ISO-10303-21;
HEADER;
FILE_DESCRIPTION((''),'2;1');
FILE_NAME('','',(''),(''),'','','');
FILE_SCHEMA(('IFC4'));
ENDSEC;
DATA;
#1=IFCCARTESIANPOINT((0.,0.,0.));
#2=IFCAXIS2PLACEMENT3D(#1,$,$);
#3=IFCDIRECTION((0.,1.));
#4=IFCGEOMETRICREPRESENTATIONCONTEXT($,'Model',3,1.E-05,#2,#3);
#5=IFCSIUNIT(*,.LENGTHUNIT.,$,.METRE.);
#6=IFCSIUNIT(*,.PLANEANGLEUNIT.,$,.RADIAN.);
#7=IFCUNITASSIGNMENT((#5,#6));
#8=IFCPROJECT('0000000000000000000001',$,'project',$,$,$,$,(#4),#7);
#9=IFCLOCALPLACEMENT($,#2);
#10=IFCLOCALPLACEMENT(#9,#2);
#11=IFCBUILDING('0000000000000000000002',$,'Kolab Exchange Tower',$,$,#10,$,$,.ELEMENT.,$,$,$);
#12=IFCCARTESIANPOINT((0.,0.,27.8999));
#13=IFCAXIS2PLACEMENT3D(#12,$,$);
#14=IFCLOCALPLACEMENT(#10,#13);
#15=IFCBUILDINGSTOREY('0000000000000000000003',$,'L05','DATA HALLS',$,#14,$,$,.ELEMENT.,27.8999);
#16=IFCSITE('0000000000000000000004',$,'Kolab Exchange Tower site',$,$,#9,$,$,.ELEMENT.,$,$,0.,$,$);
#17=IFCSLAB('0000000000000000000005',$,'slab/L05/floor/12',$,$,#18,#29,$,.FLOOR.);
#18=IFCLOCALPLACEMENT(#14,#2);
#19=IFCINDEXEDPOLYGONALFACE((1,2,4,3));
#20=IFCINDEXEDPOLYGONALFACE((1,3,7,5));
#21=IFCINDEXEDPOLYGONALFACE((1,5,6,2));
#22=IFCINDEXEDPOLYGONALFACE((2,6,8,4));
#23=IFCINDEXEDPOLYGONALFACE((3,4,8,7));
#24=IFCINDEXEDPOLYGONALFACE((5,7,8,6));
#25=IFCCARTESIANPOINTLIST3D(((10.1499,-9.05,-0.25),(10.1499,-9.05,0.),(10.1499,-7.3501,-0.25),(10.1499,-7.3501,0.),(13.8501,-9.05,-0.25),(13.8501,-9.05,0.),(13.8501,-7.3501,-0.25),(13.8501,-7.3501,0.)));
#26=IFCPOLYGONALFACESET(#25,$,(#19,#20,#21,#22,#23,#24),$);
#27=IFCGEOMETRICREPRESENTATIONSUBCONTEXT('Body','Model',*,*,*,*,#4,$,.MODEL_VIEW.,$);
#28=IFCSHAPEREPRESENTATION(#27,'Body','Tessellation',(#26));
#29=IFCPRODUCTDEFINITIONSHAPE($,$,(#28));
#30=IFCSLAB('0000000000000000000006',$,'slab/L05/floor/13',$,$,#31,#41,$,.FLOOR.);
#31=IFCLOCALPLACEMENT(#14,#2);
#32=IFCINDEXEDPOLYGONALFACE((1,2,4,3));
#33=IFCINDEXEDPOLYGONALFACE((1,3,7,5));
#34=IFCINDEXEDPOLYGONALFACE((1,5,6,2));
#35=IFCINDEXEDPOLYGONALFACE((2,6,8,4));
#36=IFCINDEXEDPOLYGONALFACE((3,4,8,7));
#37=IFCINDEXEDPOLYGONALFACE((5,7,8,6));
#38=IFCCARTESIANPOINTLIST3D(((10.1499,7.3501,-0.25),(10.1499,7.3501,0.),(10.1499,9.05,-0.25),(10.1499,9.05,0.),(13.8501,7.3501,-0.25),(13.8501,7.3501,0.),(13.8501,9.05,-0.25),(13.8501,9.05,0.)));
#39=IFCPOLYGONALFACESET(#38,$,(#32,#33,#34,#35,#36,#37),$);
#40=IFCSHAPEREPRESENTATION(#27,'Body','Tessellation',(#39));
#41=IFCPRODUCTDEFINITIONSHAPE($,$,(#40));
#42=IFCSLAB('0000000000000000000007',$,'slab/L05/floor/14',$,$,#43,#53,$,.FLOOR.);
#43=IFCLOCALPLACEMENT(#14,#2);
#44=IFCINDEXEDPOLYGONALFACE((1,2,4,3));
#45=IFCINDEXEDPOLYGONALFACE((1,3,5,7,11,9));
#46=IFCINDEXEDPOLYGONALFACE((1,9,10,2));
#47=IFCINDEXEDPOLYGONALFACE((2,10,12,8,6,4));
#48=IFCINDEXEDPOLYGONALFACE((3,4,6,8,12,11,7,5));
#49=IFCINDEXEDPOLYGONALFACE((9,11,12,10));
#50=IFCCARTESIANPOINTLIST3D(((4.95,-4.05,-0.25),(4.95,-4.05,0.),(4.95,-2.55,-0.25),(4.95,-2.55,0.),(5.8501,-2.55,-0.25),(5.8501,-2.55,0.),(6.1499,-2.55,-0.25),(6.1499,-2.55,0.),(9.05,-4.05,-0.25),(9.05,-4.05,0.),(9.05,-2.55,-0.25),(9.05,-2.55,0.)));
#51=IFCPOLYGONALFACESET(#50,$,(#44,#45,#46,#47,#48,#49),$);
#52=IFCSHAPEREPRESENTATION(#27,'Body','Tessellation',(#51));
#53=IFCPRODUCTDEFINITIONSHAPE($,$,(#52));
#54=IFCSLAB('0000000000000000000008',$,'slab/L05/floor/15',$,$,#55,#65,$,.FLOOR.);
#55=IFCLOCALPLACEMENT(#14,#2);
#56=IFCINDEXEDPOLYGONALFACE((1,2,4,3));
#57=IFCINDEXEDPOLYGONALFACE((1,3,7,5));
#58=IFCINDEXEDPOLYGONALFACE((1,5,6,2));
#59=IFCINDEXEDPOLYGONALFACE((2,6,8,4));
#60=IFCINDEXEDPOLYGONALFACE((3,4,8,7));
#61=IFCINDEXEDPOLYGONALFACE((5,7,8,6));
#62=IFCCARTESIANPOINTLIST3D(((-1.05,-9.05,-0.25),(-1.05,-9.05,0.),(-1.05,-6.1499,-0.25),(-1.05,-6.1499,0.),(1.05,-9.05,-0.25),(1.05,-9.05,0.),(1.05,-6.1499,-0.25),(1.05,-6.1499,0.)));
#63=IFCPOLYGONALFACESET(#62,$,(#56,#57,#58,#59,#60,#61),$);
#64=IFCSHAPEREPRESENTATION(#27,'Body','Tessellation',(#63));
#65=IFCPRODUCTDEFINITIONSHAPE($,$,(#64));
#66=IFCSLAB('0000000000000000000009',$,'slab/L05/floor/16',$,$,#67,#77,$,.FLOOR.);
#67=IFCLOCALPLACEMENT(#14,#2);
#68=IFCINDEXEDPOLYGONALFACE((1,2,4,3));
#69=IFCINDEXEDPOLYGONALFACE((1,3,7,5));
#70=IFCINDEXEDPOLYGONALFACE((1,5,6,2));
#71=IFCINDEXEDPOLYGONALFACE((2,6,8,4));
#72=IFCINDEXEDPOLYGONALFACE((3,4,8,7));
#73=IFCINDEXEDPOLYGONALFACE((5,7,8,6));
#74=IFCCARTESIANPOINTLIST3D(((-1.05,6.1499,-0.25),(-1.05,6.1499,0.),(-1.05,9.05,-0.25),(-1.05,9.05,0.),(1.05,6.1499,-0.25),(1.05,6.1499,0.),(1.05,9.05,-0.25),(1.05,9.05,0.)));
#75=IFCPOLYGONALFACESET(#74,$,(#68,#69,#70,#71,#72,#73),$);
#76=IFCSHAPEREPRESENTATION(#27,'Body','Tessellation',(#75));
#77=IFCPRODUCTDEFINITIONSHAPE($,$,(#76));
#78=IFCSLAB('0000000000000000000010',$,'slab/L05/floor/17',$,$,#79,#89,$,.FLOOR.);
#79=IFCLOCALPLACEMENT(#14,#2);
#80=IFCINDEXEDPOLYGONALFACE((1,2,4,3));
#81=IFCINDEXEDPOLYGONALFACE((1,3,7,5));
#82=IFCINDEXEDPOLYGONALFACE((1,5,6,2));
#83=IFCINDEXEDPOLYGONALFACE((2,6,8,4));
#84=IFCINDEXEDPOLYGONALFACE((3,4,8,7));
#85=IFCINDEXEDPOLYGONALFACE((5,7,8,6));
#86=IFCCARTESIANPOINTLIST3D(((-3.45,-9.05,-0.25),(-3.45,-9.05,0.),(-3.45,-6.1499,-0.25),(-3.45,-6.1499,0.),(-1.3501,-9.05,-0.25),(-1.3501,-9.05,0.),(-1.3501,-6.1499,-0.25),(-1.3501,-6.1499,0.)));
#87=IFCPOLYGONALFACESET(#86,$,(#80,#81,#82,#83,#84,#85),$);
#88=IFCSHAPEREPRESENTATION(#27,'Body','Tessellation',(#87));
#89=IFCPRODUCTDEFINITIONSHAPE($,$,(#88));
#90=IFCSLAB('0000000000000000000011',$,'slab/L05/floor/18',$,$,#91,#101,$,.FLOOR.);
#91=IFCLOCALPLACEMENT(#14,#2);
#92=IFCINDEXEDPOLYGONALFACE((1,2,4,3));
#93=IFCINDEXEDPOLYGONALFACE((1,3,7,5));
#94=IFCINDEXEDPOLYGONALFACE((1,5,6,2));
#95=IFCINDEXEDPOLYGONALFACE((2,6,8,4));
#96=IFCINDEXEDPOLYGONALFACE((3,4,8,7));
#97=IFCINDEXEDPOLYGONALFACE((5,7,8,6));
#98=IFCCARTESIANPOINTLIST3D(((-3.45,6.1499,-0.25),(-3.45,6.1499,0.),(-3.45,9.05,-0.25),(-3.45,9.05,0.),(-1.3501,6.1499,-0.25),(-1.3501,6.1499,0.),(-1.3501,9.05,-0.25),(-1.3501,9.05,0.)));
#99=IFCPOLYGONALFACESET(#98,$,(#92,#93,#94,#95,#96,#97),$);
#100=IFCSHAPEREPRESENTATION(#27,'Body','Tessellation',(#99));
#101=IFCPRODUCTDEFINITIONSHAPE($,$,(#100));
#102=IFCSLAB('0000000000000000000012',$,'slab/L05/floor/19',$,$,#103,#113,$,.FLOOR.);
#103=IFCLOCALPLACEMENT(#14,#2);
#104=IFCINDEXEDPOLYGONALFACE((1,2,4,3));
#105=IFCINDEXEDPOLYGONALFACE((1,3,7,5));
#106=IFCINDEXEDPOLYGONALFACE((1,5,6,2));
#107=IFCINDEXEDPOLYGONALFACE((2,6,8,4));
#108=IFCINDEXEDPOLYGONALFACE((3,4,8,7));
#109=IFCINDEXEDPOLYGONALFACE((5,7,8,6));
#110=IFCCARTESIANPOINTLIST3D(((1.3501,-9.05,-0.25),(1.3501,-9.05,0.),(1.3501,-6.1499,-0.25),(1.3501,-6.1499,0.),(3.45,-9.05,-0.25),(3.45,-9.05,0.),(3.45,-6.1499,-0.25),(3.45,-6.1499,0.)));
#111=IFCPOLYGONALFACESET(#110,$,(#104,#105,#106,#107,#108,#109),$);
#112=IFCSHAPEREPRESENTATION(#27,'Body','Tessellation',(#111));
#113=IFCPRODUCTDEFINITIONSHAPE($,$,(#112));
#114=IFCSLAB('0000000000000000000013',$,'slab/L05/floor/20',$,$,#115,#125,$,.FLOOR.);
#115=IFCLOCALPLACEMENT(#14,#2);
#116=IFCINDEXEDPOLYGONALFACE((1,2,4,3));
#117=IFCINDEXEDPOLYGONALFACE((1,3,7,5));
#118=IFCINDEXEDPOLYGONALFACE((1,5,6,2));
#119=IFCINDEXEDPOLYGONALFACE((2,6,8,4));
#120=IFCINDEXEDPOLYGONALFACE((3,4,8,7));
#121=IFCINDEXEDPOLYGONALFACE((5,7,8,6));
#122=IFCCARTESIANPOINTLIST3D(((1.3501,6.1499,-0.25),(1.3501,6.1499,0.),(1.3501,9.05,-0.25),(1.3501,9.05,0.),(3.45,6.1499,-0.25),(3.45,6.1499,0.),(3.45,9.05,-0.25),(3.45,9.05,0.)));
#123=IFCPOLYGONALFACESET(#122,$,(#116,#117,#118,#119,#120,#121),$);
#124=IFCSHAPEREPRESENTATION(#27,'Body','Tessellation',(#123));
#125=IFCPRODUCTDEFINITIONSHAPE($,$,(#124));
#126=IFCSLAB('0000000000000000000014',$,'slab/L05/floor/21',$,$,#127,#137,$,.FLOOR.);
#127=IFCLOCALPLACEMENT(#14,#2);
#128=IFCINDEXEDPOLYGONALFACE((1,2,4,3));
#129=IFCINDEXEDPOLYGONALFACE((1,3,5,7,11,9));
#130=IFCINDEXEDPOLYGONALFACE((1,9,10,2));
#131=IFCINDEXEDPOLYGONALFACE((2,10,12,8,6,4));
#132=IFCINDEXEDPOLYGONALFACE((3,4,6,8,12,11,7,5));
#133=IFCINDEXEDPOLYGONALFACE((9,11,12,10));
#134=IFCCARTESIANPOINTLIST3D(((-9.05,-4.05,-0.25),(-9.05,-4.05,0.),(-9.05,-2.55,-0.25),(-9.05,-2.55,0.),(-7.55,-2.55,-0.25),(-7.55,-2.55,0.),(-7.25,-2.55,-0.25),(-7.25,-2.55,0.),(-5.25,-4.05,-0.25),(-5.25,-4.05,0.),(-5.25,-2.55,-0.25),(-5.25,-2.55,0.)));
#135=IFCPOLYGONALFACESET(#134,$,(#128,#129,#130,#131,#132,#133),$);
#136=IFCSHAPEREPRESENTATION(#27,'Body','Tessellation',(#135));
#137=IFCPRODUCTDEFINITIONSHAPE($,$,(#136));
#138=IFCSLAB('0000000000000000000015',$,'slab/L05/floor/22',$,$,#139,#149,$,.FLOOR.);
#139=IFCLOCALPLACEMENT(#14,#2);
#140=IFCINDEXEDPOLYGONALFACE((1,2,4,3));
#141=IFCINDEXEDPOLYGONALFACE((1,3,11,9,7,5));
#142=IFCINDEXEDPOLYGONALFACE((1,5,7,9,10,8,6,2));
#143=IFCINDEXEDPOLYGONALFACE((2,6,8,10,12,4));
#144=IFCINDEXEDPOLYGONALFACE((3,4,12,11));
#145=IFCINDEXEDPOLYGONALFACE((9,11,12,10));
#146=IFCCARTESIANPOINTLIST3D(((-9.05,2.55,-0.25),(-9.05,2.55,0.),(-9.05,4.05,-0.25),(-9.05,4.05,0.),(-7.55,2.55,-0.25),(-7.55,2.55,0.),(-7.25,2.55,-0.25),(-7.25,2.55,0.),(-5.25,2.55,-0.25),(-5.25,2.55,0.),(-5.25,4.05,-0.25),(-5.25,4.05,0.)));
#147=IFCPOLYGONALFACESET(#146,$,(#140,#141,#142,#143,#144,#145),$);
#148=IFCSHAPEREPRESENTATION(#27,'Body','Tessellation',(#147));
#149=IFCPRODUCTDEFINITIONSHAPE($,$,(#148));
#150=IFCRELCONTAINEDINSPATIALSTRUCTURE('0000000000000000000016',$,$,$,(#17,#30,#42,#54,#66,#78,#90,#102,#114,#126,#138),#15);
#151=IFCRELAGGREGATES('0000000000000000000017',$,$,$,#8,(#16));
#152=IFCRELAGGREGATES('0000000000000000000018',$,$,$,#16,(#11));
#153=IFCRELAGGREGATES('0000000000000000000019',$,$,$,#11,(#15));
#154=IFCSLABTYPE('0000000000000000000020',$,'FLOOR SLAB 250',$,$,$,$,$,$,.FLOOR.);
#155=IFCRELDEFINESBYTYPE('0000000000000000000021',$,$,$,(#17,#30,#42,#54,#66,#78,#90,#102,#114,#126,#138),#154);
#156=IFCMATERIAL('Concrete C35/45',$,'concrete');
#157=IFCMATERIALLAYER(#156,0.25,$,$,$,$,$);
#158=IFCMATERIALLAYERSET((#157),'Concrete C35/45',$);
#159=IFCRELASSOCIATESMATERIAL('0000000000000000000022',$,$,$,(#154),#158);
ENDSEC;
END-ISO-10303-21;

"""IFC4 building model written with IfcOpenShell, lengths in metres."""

from ifc_helpers import new_model, si_unit, direction, frame, origin, place, context, subcontext, project, spatial, polyline, outline, extrude, material, layer, layer_set, type_object, element, save


model = new_model("IFC4")

# Units and contexts
model_context = context("Model", 3, precision=1e-05, world=origin(), true_north=direction((0.0, 1.0)))
body_context = subcontext(model_context, "Body", "Model", "MODEL_VIEW")
ifc_project = project(units=[si_unit("LENGTHUNIT", "METRE"), si_unit("PLANEANGLEUNIT", "RADIAN")], contexts=[model_context])

# Site, building, storey
site_placement = place(None, origin())
site = spatial("IfcSite", under=ifc_project, at=site_placement, Name="Kolab Exchange Tower site", CompositionType="ELEMENT", RefElevation=0.0)
building_placement = place(site_placement, origin())
building = spatial("IfcBuilding", under=site, at=building_placement, Name="Kolab Exchange Tower", CompositionType="ELEMENT")
storey_placement = place(building_placement, frame((0.0, 0.0, 27.8999)))
storey = spatial("IfcBuildingStorey", under=building, at=storey_placement, Name="L05", Description="DATA HALLS", CompositionType="ELEMENT", Elevation=27.8999)

# Slabs
ifc_material_1 = material(Name="Concrete C35/45", Category="concrete")
ifc_layer_1 = layer(ifc_material_1, 0.25)
ifc_layer_set_1 = layer_set([ifc_layer_1], Name="Concrete C35/45")
slab_type_1 = type_object("IfcSlabType", Name="FLOOR SLAB 250", PredefinedType="FLOOR", material=ifc_layer_set_1)
slab_1_placement = place(storey_placement, frame((0.0, 0.0, -0.25)))
element("IfcSlab", 1, at=slab_1_placement, inside=storey, type_object=slab_type_1, Name="slab/L05/floor/12", PredefinedType="FLOOR", context=body_context, shape_type="SweptSolid", body=[
    extrude(outline(polyline([(10.1499, -7.3501), (10.1499, -9.05), (13.8501, -9.05), (13.8501, -7.3501), (10.1499, -7.3501)])), origin(), (0.0, 0.0, 1.0), 0.25),
])
slab_2_placement = place(storey_placement, frame((0.0, 0.0, -0.25)))
element("IfcSlab", 2, at=slab_2_placement, inside=storey, type_object=slab_type_1, Name="slab/L05/floor/13", PredefinedType="FLOOR", context=body_context, shape_type="SweptSolid", body=[
    extrude(outline(polyline([(10.1499, 7.3501), (13.8501, 7.3501), (13.8501, 9.05), (10.1499, 9.05), (10.1499, 7.3501)])), origin(), (0.0, 0.0, 1.0), 0.25),
])
slab_3_placement = place(storey_placement, frame((0.0, 0.0, -0.25)))
element("IfcSlab", 3, at=slab_3_placement, inside=storey, type_object=slab_type_1, Name="slab/L05/floor/14", PredefinedType="FLOOR", context=body_context, shape_type="SweptSolid", body=[
    extrude(outline(polyline([(9.05, -4.05), (9.05, -2.55), (6.1499, -2.55), (5.8501, -2.55), (4.95, -2.55), (4.95, -4.05), (9.05, -4.05)])), origin(), (0.0, 0.0, 1.0), 0.25),
])
slab_4_placement = place(storey_placement, frame((0.0, 0.0, -0.25)))
element("IfcSlab", 4, at=slab_4_placement, inside=storey, type_object=slab_type_1, Name="slab/L05/floor/15", PredefinedType="FLOOR", context=body_context, shape_type="SweptSolid", body=[
    extrude(outline(polyline([(1.05, -6.1499), (-1.05, -6.1499), (-1.05, -9.05), (1.05, -9.05), (1.05, -6.1499)])), origin(), (0.0, 0.0, 1.0), 0.25),
])
slab_5_placement = place(storey_placement, frame((0.0, 0.0, -0.25)))
element("IfcSlab", 5, at=slab_5_placement, inside=storey, type_object=slab_type_1, Name="slab/L05/floor/16", PredefinedType="FLOOR", context=body_context, shape_type="SweptSolid", body=[
    extrude(outline(polyline([(-1.05, 9.05), (-1.05, 6.1499), (1.05, 6.1499), (1.05, 9.05), (-1.05, 9.05)])), origin(), (0.0, 0.0, 1.0), 0.25),
])
slab_6_placement = place(storey_placement, frame((0.0, 0.0, -0.25)))
element("IfcSlab", 6, at=slab_6_placement, inside=storey, type_object=slab_type_1, Name="slab/L05/floor/17", PredefinedType="FLOOR", context=body_context, shape_type="SweptSolid", body=[
    extrude(outline(polyline([(-1.3501, -6.1499), (-3.45, -6.1499), (-3.45, -9.05), (-1.3501, -9.05), (-1.3501, -6.1499)])), origin(), (0.0, 0.0, 1.0), 0.25),
])
slab_7_placement = place(storey_placement, frame((0.0, 0.0, -0.25)))
element("IfcSlab", 7, at=slab_7_placement, inside=storey, type_object=slab_type_1, Name="slab/L05/floor/18", PredefinedType="FLOOR", context=body_context, shape_type="SweptSolid", body=[
    extrude(outline(polyline([(-1.3501, 6.1499), (-1.3501, 9.05), (-3.45, 9.05), (-3.45, 6.1499), (-1.3501, 6.1499)])), origin(), (0.0, 0.0, 1.0), 0.25),
])
slab_8_placement = place(storey_placement, frame((0.0, 0.0, -0.25)))
element("IfcSlab", 8, at=slab_8_placement, inside=storey, type_object=slab_type_1, Name="slab/L05/floor/19", PredefinedType="FLOOR", context=body_context, shape_type="SweptSolid", body=[
    extrude(outline(polyline([(1.3501, -6.1499), (1.3501, -9.05), (3.45, -9.05), (3.45, -6.1499), (1.3501, -6.1499)])), origin(), (0.0, 0.0, 1.0), 0.25),
])
slab_9_placement = place(storey_placement, frame((0.0, 0.0, -0.25)))
element("IfcSlab", 9, at=slab_9_placement, inside=storey, type_object=slab_type_1, Name="slab/L05/floor/20", PredefinedType="FLOOR", context=body_context, shape_type="SweptSolid", body=[
    extrude(outline(polyline([(1.3501, 6.1499), (3.45, 6.1499), (3.45, 9.05), (1.3501, 9.05), (1.3501, 6.1499)])), origin(), (0.0, 0.0, 1.0), 0.25),
])
slab_10_placement = place(storey_placement, frame((0.0, 0.0, -0.25)))
element("IfcSlab", 10, at=slab_10_placement, inside=storey, type_object=slab_type_1, Name="slab/L05/floor/21", PredefinedType="FLOOR", context=body_context, shape_type="SweptSolid", body=[
    extrude(outline(polyline([(-9.05, -4.05), (-5.25, -4.05), (-5.25, -2.55), (-7.25, -2.55), (-7.55, -2.55), (-9.05, -2.55), (-9.05, -4.05)])), origin(), (0.0, 0.0, 1.0), 0.25),
])
slab_11_placement = place(storey_placement, frame((0.0, 0.0, -0.25)))
element("IfcSlab", 11, at=slab_11_placement, inside=storey, type_object=slab_type_1, Name="slab/L05/floor/22", PredefinedType="FLOOR", context=body_context, shape_type="SweptSolid", body=[
    extrude(outline(polyline([(-5.25, 4.05), (-9.05, 4.05), (-9.05, 2.55), (-7.55, 2.55), (-7.25, 2.55), (-5.25, 2.55), (-5.25, 4.05)])), origin(), (0.0, 0.0, 1.0), 0.25),
])

save(model, "model.ifc")
